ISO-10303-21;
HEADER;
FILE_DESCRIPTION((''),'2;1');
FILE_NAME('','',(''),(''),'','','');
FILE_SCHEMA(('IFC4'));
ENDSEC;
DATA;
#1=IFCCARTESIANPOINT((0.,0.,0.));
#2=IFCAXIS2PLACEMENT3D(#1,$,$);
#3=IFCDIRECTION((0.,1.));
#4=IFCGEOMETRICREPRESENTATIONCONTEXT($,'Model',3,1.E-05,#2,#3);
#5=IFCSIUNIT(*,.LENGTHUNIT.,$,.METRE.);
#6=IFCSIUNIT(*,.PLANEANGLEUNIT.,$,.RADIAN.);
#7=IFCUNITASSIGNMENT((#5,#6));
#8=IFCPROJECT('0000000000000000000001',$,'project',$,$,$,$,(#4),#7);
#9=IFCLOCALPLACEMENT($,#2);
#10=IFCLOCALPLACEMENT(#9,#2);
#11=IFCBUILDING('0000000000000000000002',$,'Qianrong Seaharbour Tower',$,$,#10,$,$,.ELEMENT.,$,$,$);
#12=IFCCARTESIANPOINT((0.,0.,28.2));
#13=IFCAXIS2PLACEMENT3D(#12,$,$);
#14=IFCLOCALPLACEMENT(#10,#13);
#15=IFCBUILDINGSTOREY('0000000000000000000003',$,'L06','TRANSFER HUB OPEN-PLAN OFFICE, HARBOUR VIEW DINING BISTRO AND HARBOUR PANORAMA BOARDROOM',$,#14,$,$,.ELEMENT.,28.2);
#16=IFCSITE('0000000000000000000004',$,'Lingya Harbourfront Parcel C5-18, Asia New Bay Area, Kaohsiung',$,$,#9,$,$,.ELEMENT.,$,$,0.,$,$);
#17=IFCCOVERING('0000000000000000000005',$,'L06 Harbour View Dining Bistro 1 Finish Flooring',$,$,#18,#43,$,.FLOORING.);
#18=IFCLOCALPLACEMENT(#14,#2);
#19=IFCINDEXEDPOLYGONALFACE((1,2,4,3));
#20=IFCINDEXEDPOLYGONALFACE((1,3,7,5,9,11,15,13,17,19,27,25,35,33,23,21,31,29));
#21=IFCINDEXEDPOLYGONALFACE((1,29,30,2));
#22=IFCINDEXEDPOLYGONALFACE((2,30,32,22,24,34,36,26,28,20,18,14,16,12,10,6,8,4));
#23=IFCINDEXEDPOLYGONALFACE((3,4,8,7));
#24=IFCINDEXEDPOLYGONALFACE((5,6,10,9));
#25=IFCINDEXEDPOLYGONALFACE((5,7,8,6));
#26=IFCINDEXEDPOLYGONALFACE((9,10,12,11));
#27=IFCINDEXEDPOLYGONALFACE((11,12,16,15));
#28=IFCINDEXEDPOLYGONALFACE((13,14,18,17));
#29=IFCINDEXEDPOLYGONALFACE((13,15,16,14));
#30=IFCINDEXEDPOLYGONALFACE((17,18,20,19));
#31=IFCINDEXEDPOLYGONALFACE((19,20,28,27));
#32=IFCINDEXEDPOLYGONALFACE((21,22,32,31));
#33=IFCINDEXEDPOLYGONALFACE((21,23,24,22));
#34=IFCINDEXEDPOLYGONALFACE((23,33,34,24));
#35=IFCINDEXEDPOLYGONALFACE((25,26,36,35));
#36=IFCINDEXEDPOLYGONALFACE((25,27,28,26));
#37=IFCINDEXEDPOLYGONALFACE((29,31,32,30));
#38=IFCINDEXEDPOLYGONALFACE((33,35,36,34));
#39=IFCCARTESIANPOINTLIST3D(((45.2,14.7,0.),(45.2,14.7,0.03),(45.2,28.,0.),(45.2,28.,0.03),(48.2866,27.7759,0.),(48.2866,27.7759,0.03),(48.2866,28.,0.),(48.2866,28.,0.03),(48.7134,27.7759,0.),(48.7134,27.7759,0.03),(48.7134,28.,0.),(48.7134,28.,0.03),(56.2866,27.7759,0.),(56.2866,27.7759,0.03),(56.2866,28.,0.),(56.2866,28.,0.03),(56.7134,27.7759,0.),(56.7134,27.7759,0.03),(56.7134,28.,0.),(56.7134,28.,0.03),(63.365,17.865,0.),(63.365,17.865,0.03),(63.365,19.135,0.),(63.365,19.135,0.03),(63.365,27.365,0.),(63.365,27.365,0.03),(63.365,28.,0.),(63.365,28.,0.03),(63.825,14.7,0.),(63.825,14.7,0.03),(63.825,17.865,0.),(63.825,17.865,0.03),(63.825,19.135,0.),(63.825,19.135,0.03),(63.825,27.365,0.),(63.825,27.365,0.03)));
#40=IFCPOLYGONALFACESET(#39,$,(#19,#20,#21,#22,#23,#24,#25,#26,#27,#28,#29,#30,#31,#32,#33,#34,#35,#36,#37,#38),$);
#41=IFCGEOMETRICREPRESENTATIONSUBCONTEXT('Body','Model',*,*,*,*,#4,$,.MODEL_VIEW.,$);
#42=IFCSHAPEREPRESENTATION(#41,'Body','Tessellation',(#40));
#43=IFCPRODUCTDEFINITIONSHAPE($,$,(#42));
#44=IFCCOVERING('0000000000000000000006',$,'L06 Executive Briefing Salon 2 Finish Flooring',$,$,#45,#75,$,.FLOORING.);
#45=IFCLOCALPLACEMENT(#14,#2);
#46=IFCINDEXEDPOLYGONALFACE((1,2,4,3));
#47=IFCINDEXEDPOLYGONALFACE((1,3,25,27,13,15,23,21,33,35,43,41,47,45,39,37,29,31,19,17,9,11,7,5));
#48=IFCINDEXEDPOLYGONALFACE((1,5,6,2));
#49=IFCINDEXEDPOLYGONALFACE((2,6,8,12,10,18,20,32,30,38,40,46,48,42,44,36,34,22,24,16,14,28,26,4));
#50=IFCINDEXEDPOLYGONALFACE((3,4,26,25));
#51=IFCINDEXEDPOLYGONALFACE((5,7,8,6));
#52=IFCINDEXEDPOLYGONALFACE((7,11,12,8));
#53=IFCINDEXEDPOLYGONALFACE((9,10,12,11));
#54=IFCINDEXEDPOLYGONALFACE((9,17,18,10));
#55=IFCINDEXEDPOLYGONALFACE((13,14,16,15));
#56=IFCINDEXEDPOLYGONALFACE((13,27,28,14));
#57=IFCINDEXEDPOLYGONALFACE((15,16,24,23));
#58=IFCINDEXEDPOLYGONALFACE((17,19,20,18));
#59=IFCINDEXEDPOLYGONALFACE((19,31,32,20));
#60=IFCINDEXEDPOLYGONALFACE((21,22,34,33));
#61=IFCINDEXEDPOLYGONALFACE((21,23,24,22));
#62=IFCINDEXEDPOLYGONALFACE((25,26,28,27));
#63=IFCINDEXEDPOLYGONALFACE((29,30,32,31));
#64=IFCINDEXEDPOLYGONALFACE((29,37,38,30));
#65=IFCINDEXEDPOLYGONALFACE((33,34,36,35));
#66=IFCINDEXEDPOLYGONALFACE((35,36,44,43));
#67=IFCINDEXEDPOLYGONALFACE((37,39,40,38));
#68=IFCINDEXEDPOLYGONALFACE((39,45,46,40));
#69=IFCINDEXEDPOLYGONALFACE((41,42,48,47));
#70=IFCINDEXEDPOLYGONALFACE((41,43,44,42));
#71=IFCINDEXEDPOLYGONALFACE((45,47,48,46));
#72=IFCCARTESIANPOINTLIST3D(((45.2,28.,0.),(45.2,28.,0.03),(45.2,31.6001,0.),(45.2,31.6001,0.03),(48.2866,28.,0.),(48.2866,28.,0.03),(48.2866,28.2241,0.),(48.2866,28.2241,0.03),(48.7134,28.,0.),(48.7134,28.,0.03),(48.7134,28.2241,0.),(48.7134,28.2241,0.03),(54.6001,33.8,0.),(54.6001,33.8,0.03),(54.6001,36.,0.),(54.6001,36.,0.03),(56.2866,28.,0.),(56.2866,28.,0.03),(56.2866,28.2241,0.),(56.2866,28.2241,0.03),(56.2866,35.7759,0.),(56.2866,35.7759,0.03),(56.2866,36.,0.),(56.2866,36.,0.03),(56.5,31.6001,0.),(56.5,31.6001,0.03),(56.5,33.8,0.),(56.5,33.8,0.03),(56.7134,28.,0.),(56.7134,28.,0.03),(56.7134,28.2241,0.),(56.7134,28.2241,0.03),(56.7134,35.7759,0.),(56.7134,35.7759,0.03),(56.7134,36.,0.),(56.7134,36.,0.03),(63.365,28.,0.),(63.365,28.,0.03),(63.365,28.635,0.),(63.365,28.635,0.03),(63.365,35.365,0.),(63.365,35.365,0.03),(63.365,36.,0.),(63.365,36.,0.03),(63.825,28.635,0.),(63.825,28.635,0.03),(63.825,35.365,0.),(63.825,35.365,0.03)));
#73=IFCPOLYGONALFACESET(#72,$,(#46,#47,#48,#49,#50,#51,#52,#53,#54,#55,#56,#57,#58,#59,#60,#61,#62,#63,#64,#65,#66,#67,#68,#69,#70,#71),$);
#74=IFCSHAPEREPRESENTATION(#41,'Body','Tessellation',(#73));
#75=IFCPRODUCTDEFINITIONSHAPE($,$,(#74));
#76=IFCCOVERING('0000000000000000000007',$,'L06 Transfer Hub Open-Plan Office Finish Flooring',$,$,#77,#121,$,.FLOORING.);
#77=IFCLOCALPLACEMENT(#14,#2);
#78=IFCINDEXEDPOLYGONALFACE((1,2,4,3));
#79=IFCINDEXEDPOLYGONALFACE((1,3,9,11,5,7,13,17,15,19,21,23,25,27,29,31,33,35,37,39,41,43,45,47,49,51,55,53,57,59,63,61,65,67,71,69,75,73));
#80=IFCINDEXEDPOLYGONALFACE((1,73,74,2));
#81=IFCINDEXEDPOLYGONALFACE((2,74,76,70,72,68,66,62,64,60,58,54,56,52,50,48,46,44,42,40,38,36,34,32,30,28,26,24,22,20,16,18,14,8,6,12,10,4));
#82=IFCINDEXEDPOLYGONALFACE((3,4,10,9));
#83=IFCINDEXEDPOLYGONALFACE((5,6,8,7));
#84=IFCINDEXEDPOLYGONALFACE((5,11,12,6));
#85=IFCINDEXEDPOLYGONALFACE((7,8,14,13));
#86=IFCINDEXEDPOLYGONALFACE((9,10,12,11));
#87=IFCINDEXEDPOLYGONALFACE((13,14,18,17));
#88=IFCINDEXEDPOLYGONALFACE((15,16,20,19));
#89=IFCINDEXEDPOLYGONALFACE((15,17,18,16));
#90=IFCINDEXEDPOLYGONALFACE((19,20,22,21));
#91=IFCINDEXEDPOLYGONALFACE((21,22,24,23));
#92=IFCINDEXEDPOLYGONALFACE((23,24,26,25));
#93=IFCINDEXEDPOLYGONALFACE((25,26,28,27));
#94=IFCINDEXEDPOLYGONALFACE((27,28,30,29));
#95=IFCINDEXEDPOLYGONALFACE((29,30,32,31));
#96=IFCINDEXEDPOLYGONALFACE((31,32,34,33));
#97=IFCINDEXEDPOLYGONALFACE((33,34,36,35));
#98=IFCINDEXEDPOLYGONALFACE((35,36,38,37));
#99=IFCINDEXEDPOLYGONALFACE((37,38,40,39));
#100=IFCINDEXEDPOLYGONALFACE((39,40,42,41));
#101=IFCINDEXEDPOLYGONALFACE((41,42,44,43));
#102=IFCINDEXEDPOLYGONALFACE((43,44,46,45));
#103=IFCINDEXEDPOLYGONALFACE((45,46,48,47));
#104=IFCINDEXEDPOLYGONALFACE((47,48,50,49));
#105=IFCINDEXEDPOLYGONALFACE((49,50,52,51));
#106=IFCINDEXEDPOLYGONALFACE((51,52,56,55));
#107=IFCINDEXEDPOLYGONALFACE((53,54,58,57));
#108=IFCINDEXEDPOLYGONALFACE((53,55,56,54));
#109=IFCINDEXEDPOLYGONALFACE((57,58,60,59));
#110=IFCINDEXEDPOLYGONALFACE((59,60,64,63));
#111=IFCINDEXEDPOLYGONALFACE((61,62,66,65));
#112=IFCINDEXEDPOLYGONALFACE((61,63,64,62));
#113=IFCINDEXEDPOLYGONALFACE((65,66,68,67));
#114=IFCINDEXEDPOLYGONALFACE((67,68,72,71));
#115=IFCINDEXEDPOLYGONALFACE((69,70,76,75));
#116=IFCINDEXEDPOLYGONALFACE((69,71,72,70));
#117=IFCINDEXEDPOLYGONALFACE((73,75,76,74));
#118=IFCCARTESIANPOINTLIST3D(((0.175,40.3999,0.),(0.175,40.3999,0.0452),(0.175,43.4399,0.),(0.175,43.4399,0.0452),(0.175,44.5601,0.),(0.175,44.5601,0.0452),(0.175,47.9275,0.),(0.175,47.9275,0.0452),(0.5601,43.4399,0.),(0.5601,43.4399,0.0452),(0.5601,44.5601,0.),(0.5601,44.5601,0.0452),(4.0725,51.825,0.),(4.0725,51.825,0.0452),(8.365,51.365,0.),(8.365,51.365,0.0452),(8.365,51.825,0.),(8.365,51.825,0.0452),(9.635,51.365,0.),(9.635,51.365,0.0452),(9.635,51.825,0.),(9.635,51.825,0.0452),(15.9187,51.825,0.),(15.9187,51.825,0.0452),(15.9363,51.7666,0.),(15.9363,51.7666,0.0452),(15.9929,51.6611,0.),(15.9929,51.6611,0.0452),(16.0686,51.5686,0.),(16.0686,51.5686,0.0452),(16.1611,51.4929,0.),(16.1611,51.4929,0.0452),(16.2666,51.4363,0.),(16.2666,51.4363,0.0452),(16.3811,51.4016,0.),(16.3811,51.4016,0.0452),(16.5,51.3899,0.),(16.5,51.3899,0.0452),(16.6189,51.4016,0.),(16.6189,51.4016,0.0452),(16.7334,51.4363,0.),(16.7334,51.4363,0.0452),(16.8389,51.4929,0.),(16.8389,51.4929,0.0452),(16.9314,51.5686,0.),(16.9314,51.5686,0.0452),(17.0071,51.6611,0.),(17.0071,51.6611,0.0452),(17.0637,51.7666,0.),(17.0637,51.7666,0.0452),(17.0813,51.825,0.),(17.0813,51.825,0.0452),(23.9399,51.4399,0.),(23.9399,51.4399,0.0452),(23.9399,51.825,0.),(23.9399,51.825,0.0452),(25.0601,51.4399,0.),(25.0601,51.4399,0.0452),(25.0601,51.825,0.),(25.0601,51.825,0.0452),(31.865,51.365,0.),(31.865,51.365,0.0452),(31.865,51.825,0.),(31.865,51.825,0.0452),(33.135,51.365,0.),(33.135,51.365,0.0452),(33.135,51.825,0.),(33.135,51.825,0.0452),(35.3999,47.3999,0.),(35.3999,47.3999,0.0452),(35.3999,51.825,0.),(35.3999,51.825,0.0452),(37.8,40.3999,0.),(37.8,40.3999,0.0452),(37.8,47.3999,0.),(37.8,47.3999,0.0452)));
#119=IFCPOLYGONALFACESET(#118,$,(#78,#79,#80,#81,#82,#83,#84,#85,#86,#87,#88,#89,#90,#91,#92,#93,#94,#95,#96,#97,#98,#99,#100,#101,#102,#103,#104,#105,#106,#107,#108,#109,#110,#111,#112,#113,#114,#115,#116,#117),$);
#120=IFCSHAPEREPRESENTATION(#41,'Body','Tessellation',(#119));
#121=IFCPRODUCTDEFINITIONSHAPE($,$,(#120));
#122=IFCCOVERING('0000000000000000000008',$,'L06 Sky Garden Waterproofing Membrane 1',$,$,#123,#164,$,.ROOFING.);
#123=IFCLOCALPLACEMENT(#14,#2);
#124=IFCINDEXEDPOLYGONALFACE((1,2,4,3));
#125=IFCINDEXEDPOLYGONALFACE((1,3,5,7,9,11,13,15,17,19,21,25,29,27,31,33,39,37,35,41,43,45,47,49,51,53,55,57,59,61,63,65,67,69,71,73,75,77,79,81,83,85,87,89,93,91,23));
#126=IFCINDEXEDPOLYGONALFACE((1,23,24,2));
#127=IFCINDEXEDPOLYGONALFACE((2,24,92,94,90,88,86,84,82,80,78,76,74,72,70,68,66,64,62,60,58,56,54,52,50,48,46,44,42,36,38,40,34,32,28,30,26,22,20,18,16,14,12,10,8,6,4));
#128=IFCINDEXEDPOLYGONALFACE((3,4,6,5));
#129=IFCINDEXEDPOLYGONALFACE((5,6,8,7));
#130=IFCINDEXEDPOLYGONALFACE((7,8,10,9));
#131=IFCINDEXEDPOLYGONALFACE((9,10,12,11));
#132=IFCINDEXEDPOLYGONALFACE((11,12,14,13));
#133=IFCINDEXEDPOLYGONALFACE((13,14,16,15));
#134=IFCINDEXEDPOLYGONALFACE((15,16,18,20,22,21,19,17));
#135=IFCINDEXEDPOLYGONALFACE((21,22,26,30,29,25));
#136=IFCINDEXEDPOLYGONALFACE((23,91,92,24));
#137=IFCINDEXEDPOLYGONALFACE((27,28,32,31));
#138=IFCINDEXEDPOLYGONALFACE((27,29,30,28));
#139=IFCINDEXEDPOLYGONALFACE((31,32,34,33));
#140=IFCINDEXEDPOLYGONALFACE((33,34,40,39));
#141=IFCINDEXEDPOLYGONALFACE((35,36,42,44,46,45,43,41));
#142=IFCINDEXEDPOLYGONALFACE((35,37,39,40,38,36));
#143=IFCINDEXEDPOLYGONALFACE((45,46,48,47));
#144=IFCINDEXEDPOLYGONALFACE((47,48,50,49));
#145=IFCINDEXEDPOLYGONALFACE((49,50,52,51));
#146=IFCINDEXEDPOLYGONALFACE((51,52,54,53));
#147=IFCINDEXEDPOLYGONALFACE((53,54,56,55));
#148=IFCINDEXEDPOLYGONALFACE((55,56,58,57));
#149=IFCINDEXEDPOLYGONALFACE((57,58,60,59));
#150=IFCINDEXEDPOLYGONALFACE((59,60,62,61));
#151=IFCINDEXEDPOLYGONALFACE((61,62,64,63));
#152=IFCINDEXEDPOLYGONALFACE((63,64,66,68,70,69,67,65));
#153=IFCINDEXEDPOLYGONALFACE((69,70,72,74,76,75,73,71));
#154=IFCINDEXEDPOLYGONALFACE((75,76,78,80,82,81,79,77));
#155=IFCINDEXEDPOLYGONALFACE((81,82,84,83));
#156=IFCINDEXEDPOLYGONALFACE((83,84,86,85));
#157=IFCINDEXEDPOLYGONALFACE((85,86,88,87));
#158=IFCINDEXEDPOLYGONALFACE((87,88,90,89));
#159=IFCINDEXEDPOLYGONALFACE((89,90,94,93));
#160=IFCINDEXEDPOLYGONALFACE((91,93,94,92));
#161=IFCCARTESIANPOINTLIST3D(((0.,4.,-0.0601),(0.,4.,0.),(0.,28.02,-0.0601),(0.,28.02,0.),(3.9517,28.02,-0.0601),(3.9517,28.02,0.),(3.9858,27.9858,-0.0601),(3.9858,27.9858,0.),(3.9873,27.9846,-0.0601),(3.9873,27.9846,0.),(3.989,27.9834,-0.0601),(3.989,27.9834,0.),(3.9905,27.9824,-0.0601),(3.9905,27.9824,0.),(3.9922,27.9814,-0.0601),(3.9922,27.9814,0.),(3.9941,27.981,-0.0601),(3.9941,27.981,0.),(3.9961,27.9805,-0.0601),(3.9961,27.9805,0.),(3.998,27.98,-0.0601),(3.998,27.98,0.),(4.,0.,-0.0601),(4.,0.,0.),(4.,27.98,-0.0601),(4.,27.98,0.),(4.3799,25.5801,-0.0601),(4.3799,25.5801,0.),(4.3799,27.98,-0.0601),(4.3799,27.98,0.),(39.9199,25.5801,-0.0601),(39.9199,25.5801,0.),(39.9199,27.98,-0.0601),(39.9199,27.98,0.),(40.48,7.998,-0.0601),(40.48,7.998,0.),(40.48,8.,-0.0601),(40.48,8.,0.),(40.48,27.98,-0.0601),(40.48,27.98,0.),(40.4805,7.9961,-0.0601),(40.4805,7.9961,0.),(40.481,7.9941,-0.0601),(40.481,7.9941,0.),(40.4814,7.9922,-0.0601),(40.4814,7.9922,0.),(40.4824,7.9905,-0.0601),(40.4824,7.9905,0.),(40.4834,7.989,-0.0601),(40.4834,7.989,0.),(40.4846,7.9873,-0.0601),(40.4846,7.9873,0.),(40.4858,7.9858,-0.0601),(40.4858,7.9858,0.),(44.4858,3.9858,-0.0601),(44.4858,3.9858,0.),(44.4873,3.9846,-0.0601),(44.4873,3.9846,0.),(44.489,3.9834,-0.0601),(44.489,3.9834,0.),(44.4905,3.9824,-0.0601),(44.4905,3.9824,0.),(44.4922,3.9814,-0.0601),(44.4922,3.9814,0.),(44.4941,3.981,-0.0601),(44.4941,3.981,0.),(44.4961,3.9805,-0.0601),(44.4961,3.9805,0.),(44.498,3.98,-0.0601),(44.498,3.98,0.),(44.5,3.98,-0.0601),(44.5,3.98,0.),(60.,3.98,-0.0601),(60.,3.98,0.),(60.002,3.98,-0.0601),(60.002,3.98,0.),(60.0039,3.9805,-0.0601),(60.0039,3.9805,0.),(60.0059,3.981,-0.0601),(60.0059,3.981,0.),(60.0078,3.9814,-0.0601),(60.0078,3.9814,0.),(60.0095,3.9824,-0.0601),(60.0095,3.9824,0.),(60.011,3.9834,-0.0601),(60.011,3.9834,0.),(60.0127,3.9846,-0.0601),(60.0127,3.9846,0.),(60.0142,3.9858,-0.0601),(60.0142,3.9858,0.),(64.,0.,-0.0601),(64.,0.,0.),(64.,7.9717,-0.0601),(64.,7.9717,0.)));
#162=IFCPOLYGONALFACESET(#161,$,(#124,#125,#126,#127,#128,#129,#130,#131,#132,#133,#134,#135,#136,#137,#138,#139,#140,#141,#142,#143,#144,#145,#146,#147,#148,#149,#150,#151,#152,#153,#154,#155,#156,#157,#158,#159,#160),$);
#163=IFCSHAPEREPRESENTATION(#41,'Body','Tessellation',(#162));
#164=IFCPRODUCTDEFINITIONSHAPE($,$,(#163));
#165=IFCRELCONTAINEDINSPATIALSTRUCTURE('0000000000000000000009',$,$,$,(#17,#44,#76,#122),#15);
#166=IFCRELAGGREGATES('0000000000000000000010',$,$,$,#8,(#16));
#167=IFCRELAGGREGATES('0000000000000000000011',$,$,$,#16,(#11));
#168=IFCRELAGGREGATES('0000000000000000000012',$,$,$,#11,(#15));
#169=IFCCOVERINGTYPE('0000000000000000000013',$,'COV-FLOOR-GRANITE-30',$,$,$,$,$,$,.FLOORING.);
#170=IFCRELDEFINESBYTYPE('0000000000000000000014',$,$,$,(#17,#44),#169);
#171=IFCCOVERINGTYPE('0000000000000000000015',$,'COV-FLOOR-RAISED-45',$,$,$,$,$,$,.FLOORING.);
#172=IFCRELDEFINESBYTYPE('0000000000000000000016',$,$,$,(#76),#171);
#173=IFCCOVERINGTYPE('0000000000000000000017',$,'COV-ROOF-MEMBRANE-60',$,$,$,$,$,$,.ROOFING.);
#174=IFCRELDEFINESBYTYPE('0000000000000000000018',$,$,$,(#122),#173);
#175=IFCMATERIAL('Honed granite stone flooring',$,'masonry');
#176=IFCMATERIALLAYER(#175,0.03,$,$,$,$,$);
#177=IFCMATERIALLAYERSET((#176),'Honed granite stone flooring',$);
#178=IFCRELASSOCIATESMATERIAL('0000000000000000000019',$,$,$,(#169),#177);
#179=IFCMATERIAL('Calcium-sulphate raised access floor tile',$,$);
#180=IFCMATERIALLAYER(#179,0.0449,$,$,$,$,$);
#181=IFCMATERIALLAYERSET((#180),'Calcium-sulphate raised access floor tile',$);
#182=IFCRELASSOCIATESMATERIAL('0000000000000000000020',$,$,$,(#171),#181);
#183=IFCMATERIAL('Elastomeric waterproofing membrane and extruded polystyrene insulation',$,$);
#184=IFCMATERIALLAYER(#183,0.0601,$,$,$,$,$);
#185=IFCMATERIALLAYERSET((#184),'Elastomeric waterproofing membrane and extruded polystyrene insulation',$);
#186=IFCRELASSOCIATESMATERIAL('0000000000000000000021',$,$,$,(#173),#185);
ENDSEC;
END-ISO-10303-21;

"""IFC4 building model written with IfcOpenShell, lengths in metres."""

from ifc_helpers import new_model, si_unit, direction, frame, origin, place, context, subcontext, project, spatial, polyline, outline, extrude, material, layer, layer_set, type_object, element, save


model = new_model("IFC4")

# Units and contexts
model_context = context("Model", 3, precision=1e-05, world=origin(), true_north=direction((0.0, 1.0)))
body_context = subcontext(model_context, "Body", "Model", "MODEL_VIEW")
ifc_project = project(units=[si_unit("LENGTHUNIT", "METRE"), si_unit("PLANEANGLEUNIT", "RADIAN")], contexts=[model_context])

# Site, building, storey
site_placement = place(None, origin())
site = spatial("IfcSite", under=ifc_project, at=site_placement, Name="Lingya Harbourfront Parcel C5-18, Asia New Bay Area, Kaohsiung", CompositionType="ELEMENT", RefElevation=0.0)
building_placement = place(site_placement, origin())
building = spatial("IfcBuilding", under=site, at=building_placement, Name="Qianrong Seaharbour Tower", CompositionType="ELEMENT")
storey_placement = place(building_placement, frame((0.0, 0.0, 28.2)))
storey = spatial("IfcBuildingStorey", under=building, at=storey_placement, Name="L06", Description="TRANSFER HUB OPEN-PLAN OFFICE, HARBOUR VIEW DINING BISTRO AND HARBOUR PANORAMA BOARDROOM", CompositionType="ELEMENT", Elevation=28.2)

# Coverings
ifc_material_1 = material(Name="Honed granite stone flooring", Category="masonry")
ifc_layer_1 = layer(ifc_material_1, 0.03)
ifc_layer_set_1 = layer_set([ifc_layer_1], Name="Honed granite stone flooring")
covering_type_1 = type_object("IfcCoveringType", Name="COV-FLOOR-GRANITE-30", PredefinedType="FLOORING", material=ifc_layer_set_1)
covering_1_placement = place(storey_placement, origin())
element("IfcCovering", 1, at=covering_1_placement, inside=storey, type_object=covering_type_1, Name="L06 Harbour View Dining Bistro 1 Finish Flooring", PredefinedType="FLOORING", context=body_context, shape_type="SweptSolid", body=[
    extrude(outline(polyline([(48.2866, 28.0), (48.2866, 27.7759), (48.7134, 27.7759), (48.7134, 28.0), (56.2866, 28.0), (56.2866, 27.7759), (56.7134, 27.7759), (56.7134, 28.0), (63.365, 28.0), (63.365, 27.365), (63.825, 27.365), (63.825, 19.135), (63.365, 19.135), (63.365, 17.865), (63.825, 17.865), (63.825, 14.7), (45.2, 14.7), (45.2, 28.0), (48.2866, 28.0)])), origin(), (0.0, 0.0, 1.0), 0.03),
])
covering_2_placement = place(storey_placement, origin())
element("IfcCovering", 2, at=covering_2_placement, inside=storey, type_object=covering_type_1, Name="L06 Executive Briefing Salon 2 Finish Flooring", PredefinedType="FLOORING", context=body_context, shape_type="SweptSolid", body=[
    extrude(outline(polyline([(56.5, 31.6001), (56.5, 33.8), (54.6001, 33.8), (54.6001, 36.0), (56.2866, 36.0), (56.2866, 35.7759), (56.7134, 35.7759), (56.7134, 36.0), (63.365, 36.0), (63.365, 35.365), (63.825, 35.365), (63.825, 28.635), (63.365, 28.635), (63.365, 28.0), (56.7134, 28.0), (56.7134, 28.2241), (56.2866, 28.2241), (56.2866, 28.0), (48.7134, 28.0), (48.7134, 28.2241), (48.2866, 28.2241), (48.2866, 28.0), (45.2, 28.0), (45.2, 31.6001), (56.5, 31.6001)])), origin(), (0.0, 0.0, 1.0), 0.03),
])
ifc_material_2 = material(Name="Calcium-sulphate raised access floor tile")
ifc_layer_2 = layer(ifc_material_2, 0.0449)
ifc_layer_set_2 = layer_set([ifc_layer_2], Name="Calcium-sulphate raised access floor tile")
covering_type_2 = type_object("IfcCoveringType", Name="COV-FLOOR-RAISED-45", PredefinedType="FLOORING", material=ifc_layer_set_2)
covering_3_placement = place(storey_placement, origin())
element("IfcCovering", 3, at=covering_3_placement, inside=storey, type_object=covering_type_2, Name="L06 Transfer Hub Open-Plan Office Finish Flooring", PredefinedType="FLOORING", context=body_context, shape_type="SweptSolid", body=[
    extrude(outline(polyline([(0.175, 43.4399), (0.5601, 43.4399), (0.5601, 44.5601), (0.175, 44.5601), (0.175, 47.9275), (4.0725, 51.825), (8.365, 51.825), (8.365, 51.365), (9.635, 51.365), (9.635, 51.825), (15.9187, 51.825), (15.9363, 51.7666), (15.9929, 51.6611), (16.0686, 51.5686), (16.1611, 51.4929), (16.2666, 51.4363), (16.3811, 51.4016), (16.5, 51.3899), (16.6189, 51.4016), (16.7334, 51.4363), (16.8389, 51.4929), (16.9314, 51.5686), (17.0071, 51.6611), (17.0637, 51.7666), (17.0813, 51.825), (23.9399, 51.825), (23.9399, 51.4399), (25.0601, 51.4399), (25.0601, 51.825), (31.865, 51.825), (31.865, 51.365), (33.135, 51.365), (33.135, 51.825), (35.3999, 51.825), (35.3999, 47.3999), (37.8, 47.3999), (37.8, 40.3999), (0.175, 40.3999), (0.175, 43.4399)])), origin(), (0.0, 0.0, 1.0), 0.0452),
])
ifc_material_3 = material(Name="Elastomeric waterproofing membrane and extruded polystyrene insulation")
ifc_layer_3 = layer(ifc_material_3, 0.0601)
ifc_layer_set_3 = layer_set([ifc_layer_3], Name="Elastomeric waterproofing membrane and extruded polystyrene insulation")
covering_type_3 = type_object("IfcCoveringType", Name="COV-ROOF-MEMBRANE-60", PredefinedType="ROOFING", material=ifc_layer_set_3)
covering_4_placement = place(storey_placement, frame((0.0, 0.0, -0.0601)))
element("IfcCovering", 4, at=covering_4_placement, inside=storey, type_object=covering_type_3, Name="L06 Sky Garden Waterproofing Membrane 1", PredefinedType="ROOFING", context=body_context, shape_type="SweptSolid", body=[
    extrude(outline(polyline([(4.0, 0.0), (0.0, 4.0), (0.0, 28.02), (3.9517, 28.02), (3.9858, 27.9858), (3.9873, 27.9846), (3.989, 27.9834), (3.9905, 27.9824), (3.9922, 27.9814), (3.9941, 27.981), (3.9961, 27.9805), (3.998, 27.98), (4.0, 27.98), (4.3799, 27.98), (4.3799, 25.5801), (39.9199, 25.5801), (39.9199, 27.98), (40.48, 27.98), (40.48, 8.0), (40.48, 7.998), (40.4805, 7.9961), (40.481, 7.9941), (40.4814, 7.9922), (40.4824, 7.9905), (40.4834, 7.989), (40.4846, 7.9873), (40.4858, 7.9858), (44.4858, 3.9858), (44.4873, 3.9846), (44.489, 3.9834), (44.4905, 3.9824), (44.4922, 3.9814), (44.4941, 3.981), (44.4961, 3.9805), (44.498, 3.98), (44.5, 3.98), (60.0, 3.98), (60.002, 3.98), (60.0039, 3.9805), (60.0059, 3.981), (60.0078, 3.9814), (60.0095, 3.9824), (60.011, 3.9834), (60.0127, 3.9846), (60.0142, 3.9858), (64.0, 7.9717), (64.0, 0.0), (4.0, 0.0)])), origin(), (0.0, 0.0, 1.0), 0.0601),
])

save(model, "model.ifc")
